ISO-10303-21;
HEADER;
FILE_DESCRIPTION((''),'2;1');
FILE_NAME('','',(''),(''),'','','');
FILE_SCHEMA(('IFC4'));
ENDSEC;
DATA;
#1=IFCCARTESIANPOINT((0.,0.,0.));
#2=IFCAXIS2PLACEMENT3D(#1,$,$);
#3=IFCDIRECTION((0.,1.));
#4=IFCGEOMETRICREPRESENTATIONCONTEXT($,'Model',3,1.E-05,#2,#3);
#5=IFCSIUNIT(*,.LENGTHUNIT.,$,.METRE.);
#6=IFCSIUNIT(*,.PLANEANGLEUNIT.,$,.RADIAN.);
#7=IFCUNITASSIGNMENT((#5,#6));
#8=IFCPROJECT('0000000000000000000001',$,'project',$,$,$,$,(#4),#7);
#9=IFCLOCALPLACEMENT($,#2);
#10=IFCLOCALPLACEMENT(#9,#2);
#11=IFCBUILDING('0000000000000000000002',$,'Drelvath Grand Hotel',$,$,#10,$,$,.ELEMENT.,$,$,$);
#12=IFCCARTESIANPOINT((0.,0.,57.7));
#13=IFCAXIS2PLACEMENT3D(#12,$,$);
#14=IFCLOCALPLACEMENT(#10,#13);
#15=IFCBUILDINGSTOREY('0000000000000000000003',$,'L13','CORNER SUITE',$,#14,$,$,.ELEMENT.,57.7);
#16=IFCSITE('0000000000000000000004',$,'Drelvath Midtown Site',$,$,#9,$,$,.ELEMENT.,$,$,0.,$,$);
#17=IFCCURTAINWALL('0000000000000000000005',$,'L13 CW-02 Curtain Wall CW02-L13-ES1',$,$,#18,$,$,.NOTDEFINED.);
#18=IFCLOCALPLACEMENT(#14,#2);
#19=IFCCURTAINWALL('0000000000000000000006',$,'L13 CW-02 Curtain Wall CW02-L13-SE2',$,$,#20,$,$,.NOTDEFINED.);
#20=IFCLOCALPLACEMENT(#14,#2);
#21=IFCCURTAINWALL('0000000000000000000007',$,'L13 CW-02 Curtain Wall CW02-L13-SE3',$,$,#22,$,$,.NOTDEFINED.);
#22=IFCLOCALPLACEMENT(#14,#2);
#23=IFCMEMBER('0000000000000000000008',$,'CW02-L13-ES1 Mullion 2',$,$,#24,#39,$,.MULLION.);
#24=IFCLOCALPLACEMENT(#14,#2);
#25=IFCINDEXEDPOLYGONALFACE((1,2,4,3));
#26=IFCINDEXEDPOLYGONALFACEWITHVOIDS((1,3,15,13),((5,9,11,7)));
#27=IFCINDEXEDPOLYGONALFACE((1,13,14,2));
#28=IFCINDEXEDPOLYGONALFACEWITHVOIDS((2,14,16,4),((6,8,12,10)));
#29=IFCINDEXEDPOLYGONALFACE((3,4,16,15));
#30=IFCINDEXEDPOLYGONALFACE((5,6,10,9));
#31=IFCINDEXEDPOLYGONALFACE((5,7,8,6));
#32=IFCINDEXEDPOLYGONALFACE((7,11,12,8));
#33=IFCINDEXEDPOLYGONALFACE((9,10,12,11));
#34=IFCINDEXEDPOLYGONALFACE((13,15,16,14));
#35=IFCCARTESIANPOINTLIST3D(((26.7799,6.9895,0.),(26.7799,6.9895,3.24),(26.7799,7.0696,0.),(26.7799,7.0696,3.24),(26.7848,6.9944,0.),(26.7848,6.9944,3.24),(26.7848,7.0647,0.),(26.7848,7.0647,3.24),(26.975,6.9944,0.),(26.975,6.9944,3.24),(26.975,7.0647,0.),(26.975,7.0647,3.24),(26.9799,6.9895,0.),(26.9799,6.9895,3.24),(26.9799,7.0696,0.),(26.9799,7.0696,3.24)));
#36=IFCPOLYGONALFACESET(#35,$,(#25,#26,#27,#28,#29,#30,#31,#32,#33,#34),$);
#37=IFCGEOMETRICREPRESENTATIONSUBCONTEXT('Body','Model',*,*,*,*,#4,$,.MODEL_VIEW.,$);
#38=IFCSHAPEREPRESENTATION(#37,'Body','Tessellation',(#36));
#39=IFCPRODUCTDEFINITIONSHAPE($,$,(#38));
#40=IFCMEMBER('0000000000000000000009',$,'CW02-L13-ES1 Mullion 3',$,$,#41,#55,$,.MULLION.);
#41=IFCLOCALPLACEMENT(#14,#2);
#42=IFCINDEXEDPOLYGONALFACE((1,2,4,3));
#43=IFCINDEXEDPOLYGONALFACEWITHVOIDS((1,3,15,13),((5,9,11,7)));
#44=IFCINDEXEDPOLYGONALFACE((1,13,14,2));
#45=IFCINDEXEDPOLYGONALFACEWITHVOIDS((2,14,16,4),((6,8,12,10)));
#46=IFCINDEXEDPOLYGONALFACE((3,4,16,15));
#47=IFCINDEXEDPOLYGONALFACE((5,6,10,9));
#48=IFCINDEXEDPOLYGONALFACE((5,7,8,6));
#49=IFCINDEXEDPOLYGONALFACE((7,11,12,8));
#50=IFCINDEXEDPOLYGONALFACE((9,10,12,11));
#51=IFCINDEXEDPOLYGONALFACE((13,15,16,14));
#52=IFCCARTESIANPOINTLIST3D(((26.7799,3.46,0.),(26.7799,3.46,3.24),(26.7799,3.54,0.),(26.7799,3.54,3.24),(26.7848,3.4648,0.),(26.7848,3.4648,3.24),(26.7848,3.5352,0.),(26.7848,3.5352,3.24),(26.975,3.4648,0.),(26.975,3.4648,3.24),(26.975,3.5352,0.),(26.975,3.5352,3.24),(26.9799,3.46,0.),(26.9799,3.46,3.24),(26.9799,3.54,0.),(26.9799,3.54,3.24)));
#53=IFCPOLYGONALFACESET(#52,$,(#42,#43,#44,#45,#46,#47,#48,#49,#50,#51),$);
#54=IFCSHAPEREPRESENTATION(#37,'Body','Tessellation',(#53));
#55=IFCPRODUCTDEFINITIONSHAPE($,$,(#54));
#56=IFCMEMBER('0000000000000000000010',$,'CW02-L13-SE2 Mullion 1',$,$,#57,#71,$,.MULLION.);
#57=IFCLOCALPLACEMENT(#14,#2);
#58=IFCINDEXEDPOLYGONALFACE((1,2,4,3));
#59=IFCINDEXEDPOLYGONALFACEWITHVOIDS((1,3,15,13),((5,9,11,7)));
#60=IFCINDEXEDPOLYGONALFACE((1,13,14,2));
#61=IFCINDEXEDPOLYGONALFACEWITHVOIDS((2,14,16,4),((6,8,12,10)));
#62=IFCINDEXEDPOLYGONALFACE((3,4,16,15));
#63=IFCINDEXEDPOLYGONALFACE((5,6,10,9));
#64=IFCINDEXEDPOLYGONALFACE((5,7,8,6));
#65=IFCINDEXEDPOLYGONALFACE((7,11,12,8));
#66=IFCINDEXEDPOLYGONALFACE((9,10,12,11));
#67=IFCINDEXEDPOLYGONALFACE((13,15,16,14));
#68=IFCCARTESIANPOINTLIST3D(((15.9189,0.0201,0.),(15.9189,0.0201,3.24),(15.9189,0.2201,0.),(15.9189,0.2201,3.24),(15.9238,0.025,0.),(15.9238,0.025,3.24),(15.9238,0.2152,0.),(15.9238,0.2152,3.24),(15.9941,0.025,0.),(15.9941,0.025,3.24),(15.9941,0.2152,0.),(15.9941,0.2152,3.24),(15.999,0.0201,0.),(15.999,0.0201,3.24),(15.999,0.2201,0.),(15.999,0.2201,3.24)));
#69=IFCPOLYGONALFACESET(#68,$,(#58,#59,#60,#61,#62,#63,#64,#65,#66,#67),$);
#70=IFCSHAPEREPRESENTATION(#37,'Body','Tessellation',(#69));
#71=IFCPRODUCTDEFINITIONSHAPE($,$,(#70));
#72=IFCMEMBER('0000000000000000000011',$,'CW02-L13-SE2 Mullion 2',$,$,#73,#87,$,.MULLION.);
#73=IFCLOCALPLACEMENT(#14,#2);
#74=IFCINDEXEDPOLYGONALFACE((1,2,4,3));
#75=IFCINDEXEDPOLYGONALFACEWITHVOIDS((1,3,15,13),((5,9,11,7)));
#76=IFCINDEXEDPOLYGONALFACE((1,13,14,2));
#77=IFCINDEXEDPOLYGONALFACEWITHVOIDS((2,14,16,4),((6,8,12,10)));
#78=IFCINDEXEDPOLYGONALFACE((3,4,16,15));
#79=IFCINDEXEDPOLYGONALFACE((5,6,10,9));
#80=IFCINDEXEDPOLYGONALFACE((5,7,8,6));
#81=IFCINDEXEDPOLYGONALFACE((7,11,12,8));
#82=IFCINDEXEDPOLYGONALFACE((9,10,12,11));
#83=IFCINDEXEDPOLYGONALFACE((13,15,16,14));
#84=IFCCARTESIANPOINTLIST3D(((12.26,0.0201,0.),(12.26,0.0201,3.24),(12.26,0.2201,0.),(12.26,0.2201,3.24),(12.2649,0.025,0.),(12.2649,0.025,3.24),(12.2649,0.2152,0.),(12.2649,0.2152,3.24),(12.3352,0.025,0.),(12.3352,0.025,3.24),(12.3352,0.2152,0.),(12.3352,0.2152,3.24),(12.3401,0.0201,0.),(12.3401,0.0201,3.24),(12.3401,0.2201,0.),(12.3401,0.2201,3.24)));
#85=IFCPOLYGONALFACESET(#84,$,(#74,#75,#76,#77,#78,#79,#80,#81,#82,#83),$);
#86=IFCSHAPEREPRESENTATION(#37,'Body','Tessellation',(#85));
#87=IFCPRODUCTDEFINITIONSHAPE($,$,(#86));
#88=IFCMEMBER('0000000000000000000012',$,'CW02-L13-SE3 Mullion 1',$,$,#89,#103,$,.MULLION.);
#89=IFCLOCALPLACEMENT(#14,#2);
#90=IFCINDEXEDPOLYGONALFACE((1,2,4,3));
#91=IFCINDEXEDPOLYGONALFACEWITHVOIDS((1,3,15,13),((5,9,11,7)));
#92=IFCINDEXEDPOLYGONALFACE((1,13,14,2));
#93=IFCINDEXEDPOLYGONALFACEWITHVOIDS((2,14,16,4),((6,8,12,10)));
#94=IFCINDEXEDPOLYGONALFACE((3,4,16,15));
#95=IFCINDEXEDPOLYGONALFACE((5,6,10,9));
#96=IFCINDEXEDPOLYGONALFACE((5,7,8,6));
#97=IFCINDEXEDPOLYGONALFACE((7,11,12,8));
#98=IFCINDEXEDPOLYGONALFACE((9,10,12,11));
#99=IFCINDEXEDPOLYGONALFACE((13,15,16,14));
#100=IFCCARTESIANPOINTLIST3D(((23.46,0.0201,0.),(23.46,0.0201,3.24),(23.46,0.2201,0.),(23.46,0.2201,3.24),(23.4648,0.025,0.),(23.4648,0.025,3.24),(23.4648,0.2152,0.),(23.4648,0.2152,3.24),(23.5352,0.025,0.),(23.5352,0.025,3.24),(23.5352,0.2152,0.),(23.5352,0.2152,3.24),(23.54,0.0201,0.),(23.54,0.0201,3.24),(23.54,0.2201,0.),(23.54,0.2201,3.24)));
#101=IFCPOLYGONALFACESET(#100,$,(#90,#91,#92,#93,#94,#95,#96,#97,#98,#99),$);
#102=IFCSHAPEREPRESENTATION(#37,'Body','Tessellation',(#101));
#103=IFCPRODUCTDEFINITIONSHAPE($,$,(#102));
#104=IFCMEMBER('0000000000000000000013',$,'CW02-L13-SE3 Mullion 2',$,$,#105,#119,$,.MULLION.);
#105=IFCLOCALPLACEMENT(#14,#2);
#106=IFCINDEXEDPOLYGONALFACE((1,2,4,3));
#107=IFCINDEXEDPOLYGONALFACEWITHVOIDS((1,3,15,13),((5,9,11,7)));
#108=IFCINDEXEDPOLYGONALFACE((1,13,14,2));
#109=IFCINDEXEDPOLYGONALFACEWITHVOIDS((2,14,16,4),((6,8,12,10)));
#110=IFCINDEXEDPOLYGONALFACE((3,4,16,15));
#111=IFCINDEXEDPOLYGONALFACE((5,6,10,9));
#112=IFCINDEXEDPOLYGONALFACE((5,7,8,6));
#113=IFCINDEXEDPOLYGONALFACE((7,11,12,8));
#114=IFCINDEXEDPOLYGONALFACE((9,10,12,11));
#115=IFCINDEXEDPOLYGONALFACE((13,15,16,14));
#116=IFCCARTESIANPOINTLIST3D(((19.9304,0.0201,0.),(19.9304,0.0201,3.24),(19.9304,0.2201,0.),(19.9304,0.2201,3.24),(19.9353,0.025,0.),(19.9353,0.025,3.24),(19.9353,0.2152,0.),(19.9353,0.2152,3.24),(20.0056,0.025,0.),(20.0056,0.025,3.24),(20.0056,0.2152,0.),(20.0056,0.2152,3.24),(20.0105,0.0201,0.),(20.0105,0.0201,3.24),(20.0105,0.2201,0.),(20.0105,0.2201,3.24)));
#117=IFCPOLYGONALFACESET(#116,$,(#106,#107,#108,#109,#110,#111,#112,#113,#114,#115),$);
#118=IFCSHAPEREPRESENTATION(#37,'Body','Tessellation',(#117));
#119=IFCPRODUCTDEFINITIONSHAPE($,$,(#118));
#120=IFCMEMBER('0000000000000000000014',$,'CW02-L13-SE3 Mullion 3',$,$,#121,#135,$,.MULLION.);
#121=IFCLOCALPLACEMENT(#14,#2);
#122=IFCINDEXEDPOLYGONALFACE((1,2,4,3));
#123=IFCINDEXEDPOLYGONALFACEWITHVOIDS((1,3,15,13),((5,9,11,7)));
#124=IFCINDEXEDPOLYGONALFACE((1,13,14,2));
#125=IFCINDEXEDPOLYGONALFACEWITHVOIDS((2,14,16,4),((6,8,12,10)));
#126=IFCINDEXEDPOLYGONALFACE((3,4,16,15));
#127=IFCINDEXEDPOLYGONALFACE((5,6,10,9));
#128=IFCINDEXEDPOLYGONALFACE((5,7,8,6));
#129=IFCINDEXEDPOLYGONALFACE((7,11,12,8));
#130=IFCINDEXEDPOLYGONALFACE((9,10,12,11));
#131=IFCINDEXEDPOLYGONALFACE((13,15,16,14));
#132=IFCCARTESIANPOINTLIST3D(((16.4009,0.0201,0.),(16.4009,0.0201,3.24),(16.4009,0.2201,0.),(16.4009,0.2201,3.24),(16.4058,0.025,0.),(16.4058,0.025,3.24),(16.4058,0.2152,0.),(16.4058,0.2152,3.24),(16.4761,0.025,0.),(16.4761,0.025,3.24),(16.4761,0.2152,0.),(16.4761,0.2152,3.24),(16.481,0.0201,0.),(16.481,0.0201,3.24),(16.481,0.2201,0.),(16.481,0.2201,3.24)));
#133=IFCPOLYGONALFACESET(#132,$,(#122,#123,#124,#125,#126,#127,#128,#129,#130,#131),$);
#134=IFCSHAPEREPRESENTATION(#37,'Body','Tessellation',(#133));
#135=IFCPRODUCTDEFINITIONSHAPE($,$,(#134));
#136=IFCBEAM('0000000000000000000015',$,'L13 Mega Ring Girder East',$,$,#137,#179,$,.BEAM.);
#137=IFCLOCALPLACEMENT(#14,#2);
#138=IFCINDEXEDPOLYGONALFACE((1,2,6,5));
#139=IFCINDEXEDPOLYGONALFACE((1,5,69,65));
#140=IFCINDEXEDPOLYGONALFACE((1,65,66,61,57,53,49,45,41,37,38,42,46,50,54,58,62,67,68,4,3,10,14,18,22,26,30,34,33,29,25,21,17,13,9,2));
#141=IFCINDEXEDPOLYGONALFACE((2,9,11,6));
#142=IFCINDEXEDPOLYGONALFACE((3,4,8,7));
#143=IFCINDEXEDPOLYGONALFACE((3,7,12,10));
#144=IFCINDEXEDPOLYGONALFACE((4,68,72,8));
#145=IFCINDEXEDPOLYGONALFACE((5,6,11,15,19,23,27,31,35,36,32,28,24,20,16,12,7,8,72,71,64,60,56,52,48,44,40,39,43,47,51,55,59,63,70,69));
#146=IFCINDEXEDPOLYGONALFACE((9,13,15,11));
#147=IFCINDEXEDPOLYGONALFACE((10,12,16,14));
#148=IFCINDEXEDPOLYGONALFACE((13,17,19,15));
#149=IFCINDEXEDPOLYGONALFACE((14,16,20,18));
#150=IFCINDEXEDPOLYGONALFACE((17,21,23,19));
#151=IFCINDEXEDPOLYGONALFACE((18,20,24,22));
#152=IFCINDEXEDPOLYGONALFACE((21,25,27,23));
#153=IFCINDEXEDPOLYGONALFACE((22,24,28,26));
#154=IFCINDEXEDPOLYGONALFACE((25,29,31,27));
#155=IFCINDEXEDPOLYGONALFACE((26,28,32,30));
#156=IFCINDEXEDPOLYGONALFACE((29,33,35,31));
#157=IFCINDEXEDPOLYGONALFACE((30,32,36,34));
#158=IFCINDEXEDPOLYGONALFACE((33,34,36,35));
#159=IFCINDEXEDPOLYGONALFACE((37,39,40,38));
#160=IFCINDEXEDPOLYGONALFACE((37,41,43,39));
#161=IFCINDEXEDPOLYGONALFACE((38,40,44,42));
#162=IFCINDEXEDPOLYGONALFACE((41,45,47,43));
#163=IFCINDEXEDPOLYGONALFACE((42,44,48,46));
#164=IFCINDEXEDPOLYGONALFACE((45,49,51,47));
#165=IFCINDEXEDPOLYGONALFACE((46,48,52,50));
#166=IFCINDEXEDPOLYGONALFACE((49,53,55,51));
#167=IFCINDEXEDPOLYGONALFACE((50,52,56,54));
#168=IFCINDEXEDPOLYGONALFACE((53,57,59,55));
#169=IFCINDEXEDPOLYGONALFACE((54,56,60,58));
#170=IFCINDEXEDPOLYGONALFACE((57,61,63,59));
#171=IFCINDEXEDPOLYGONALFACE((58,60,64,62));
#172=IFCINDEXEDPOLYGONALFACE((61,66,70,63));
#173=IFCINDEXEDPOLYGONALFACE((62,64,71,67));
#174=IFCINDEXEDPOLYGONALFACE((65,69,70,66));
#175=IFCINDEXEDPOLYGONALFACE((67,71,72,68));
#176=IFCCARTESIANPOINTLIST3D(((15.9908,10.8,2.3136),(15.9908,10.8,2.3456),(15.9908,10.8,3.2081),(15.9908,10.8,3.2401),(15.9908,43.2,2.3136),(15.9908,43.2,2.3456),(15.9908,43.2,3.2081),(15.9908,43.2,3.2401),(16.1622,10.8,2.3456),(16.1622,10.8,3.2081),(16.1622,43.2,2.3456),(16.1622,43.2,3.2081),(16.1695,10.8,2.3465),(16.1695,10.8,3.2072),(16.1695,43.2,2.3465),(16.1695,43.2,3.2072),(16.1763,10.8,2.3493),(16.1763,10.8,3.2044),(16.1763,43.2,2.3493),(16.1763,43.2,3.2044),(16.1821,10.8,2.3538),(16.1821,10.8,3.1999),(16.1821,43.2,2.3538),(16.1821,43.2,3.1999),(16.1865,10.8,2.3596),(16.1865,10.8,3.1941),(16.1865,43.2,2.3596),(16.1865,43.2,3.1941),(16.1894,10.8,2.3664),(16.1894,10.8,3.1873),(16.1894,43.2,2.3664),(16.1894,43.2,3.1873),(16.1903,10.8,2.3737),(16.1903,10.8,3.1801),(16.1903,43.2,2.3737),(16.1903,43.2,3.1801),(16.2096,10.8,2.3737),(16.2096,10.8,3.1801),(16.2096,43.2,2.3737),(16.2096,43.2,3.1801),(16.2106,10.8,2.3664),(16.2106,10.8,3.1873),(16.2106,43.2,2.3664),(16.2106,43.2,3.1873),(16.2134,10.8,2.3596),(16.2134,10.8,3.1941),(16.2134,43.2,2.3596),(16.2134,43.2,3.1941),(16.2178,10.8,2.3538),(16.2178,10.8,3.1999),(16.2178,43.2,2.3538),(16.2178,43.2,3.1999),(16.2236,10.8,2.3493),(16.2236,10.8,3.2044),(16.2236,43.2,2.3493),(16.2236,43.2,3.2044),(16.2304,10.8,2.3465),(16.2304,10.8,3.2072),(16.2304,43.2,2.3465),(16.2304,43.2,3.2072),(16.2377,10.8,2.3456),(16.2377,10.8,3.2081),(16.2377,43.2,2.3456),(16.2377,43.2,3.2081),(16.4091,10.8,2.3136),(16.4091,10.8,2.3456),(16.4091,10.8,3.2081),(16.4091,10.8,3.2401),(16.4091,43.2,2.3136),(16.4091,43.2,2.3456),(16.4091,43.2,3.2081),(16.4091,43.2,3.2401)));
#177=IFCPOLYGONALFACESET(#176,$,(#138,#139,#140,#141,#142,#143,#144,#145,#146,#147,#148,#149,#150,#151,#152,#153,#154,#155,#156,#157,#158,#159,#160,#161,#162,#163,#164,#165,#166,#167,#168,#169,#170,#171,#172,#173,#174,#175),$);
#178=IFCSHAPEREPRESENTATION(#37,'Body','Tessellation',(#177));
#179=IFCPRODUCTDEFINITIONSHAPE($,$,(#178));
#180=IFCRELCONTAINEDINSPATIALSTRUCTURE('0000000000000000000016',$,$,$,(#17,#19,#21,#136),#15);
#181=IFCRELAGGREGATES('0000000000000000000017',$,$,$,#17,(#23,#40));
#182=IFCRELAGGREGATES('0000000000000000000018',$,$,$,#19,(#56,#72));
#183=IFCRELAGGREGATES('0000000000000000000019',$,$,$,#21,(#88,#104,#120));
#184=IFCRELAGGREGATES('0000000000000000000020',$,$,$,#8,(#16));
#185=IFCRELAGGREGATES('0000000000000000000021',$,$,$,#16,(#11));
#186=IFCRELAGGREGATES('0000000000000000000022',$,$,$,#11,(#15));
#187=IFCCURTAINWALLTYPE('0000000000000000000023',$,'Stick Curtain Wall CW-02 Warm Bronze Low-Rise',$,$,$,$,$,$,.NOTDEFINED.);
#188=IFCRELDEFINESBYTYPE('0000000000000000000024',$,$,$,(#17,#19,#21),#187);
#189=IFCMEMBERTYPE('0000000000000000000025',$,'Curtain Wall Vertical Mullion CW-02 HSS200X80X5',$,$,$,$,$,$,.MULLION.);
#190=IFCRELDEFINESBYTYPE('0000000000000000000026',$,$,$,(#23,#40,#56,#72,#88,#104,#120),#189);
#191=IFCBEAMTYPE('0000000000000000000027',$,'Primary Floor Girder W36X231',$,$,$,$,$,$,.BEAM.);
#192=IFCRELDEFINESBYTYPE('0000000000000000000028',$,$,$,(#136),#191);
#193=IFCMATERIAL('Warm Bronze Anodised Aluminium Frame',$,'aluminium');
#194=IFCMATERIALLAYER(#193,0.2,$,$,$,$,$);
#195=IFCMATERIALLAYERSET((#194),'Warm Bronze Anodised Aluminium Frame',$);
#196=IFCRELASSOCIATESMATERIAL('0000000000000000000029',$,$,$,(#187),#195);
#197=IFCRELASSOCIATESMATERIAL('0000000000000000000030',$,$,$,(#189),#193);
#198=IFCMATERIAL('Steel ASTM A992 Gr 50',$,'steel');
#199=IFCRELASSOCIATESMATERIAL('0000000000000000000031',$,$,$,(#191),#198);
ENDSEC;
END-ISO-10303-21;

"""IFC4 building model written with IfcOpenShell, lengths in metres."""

from ifc_helpers import new_model, si_unit, direction, frame, origin, origin_2d, place, context, subcontext, project, spatial, hollow_rectangle, i_section, extrude, material, layer, layer_set, material_profile, profile_set, type_object, element, aggregate, save


model = new_model("IFC4")

# Units and contexts
model_context = context("Model", 3, precision=1e-05, world=origin(), true_north=direction((0.0, 1.0)))
body_context = subcontext(model_context, "Body", "Model", "MODEL_VIEW")
ifc_project = project(units=[si_unit("LENGTHUNIT", "METRE"), si_unit("PLANEANGLEUNIT", "RADIAN")], contexts=[model_context])

# Site, building, storey
site_placement = place(None, origin())
site = spatial("IfcSite", under=ifc_project, at=site_placement, Name="Drelvath Midtown Site", CompositionType="ELEMENT", RefElevation=0.0)
building_placement = place(site_placement, origin())
building = spatial("IfcBuilding", under=site, at=building_placement, Name="Drelvath Grand Hotel", CompositionType="ELEMENT")
storey_placement = place(building_placement, frame((0.0, 0.0, 57.7)))
storey = spatial("IfcBuildingStorey", under=building, at=storey_placement, Name="L13", Description="CORNER SUITE", CompositionType="ELEMENT", Elevation=57.7)

# Shared definitions
ifc_material_1 = material(Name="Steel ASTM A992 Gr 50", Category="steel")

# Curtain walls
ifc_material_2 = material(Name="Warm Bronze Anodised Aluminium Frame", Category="aluminium")
ifc_layer_1 = layer(ifc_material_2, 0.2)
ifc_layer_set_1 = layer_set([ifc_layer_1], Name="Warm Bronze Anodised Aluminium Frame")
curtain_wall_type = type_object("IfcCurtainWallType", Name="Stick Curtain Wall CW-02 Warm Bronze Low-Rise", PredefinedType="NOTDEFINED", material=ifc_layer_set_1)
curtain_wall_1_placement = place(storey_placement, origin())
curtain_wall_1 = element("IfcCurtainWall", 1, at=curtain_wall_1_placement, inside=storey, type_object=curtain_wall_type, Name="L13 CW-02 Curtain Wall CW02-L13-ES1", PredefinedType="NOTDEFINED")
curtain_wall_2_placement = place(storey_placement, origin())
curtain_wall_2 = element("IfcCurtainWall", 2, at=curtain_wall_2_placement, inside=storey, type_object=curtain_wall_type, Name="L13 CW-02 Curtain Wall CW02-L13-SE2", PredefinedType="NOTDEFINED")
curtain_wall_3_placement = place(storey_placement, origin())
curtain_wall_3 = element("IfcCurtainWall", 3, at=curtain_wall_3_placement, inside=storey, type_object=curtain_wall_type, Name="L13 CW-02 Curtain Wall CW02-L13-SE3", PredefinedType="NOTDEFINED")

# Members
ifc_material_profile_1 = material_profile(ifc_material_2, hollow_rectangle(XDim=0.0801, YDim=0.2, WallThickness=0.0049, at=origin_2d()), Name="HSS200X80X5")
ifc_profile_set_1 = profile_set([ifc_material_profile_1], Name="Warm Bronze Anodised Aluminium Frame")
member_type_1 = type_object("IfcMemberType", Name="Curtain Wall Vertical Mullion CW-02 HSS200X80X5", PredefinedType="MULLION", material=ifc_profile_set_1)
member_1_placement = place(storey_placement, frame((26.8799, 7.0295, 0.0), z_axis=(0.0, 0.0, 1.0), x_axis=(0.0, 1.0, 0.0)))
member_1 = element("IfcMember", 4, at=member_1_placement, type_object=member_type_1, Name="CW02-L13-ES1 Mullion 2", PredefinedType="MULLION", context=body_context, shape_type="SweptSolid", body=[
    extrude(hollow_rectangle(XDim=0.0801, YDim=0.2, WallThickness=0.0049, at=origin_2d()), origin(), (0.0, 0.0, 1.0), 3.24),
])
member_2_placement = place(storey_placement, frame((26.8799, 3.5, 0.0), z_axis=(0.0, 0.0, 1.0), x_axis=(0.0, 1.0, 0.0)))
member_2 = element("IfcMember", 5, at=member_2_placement, type_object=member_type_1, Name="CW02-L13-ES1 Mullion 3", PredefinedType="MULLION", context=body_context, shape_type="SweptSolid", body=[
    extrude(hollow_rectangle(XDim=0.0801, YDim=0.2, WallThickness=0.0049, at=origin_2d()), origin(), (0.0, 0.0, 1.0), 3.24),
])
member_3_placement = place(storey_placement, frame((15.959, 0.1201, 0.0), z_axis=(0.0, 0.0, 1.0), x_axis=(1.0, 0.0, 0.0)))
member_3 = element("IfcMember", 6, at=member_3_placement, type_object=member_type_1, Name="CW02-L13-SE2 Mullion 1", PredefinedType="MULLION", context=body_context, shape_type="SweptSolid", body=[
    extrude(hollow_rectangle(XDim=0.0801, YDim=0.2, WallThickness=0.0049, at=origin_2d()), origin(), (0.0, 0.0, 1.0), 3.24),
])
member_4_placement = place(storey_placement, frame((12.3, 0.1201, 0.0), z_axis=(0.0, 0.0, 1.0), x_axis=(1.0, 0.0, 0.0)))
member_4 = element("IfcMember", 7, at=member_4_placement, type_object=member_type_1, Name="CW02-L13-SE2 Mullion 2", PredefinedType="MULLION", context=body_context, shape_type="SweptSolid", body=[
    extrude(hollow_rectangle(XDim=0.0801, YDim=0.2, WallThickness=0.0049, at=origin_2d()), origin(), (0.0, 0.0, 1.0), 3.24),
])
member_5_placement = place(storey_placement, frame((23.5, 0.1201, 0.0), z_axis=(0.0, 0.0, 1.0), x_axis=(1.0, 0.0, 0.0)))
member_5 = element("IfcMember", 8, at=member_5_placement, type_object=member_type_1, Name="CW02-L13-SE3 Mullion 1", PredefinedType="MULLION", context=body_context, shape_type="SweptSolid", body=[
    extrude(hollow_rectangle(XDim=0.0801, YDim=0.2, WallThickness=0.0049, at=origin_2d()), origin(), (0.0, 0.0, 1.0), 3.24),
])
member_6_placement = place(storey_placement, frame((19.9705, 0.1201, 0.0), z_axis=(0.0, 0.0, 1.0), x_axis=(1.0, 0.0, 0.0)))
member_6 = element("IfcMember", 9, at=member_6_placement, type_object=member_type_1, Name="CW02-L13-SE3 Mullion 2", PredefinedType="MULLION", context=body_context, shape_type="SweptSolid", body=[
    extrude(hollow_rectangle(XDim=0.0801, YDim=0.2, WallThickness=0.0049, at=origin_2d()), origin(), (0.0, 0.0, 1.0), 3.24),
])
member_7_placement = place(storey_placement, frame((16.4409, 0.1201, 0.0), z_axis=(0.0, 0.0, 1.0), x_axis=(1.0, 0.0, 0.0)))
member_7 = element("IfcMember", 10, at=member_7_placement, type_object=member_type_1, Name="CW02-L13-SE3 Mullion 3", PredefinedType="MULLION", context=body_context, shape_type="SweptSolid", body=[
    extrude(hollow_rectangle(XDim=0.0801, YDim=0.2, WallThickness=0.0049, at=origin_2d()), origin(), (0.0, 0.0, 1.0), 3.24),
])

# Beam
ifc_material_profile_2 = material_profile(ifc_material_1, i_section(OverallWidth=0.4182, OverallDepth=0.9265, WebThickness=0.0193, FlangeThickness=0.032, FilletRadius=0.0281, at=origin_2d()), Name="W36X231")
ifc_profile_set_2 = profile_set([ifc_material_profile_2], Name="Steel ASTM A992 Gr 50")
beam_type_1 = type_object("IfcBeamType", Name="Primary Floor Girder W36X231", PredefinedType="BEAM", material=ifc_profile_set_2)
beam_1_placement = place(storey_placement, frame((16.2, 10.8, 2.7769), z_axis=(0.0, 1.0, 0.0), x_axis=(-1.0, 0.0, 0.0)))
element("IfcBeam", 11, at=beam_1_placement, inside=storey, type_object=beam_type_1, Name="L13 Mega Ring Girder East", PredefinedType="BEAM", context=body_context, shape_type="SweptSolid", body=[
    extrude(i_section(OverallWidth=0.4182, OverallDepth=0.9265, WebThickness=0.0193, FlangeThickness=0.032, FilletRadius=0.0281, at=origin_2d()), origin(), (0.0, 0.0, 1.0), 32.3999),
])

aggregate(curtain_wall_1, [member_1, member_2])
aggregate(curtain_wall_2, [member_3, member_4])
aggregate(curtain_wall_3, [member_5, member_6, member_7])

save(model, "model.ifc")
